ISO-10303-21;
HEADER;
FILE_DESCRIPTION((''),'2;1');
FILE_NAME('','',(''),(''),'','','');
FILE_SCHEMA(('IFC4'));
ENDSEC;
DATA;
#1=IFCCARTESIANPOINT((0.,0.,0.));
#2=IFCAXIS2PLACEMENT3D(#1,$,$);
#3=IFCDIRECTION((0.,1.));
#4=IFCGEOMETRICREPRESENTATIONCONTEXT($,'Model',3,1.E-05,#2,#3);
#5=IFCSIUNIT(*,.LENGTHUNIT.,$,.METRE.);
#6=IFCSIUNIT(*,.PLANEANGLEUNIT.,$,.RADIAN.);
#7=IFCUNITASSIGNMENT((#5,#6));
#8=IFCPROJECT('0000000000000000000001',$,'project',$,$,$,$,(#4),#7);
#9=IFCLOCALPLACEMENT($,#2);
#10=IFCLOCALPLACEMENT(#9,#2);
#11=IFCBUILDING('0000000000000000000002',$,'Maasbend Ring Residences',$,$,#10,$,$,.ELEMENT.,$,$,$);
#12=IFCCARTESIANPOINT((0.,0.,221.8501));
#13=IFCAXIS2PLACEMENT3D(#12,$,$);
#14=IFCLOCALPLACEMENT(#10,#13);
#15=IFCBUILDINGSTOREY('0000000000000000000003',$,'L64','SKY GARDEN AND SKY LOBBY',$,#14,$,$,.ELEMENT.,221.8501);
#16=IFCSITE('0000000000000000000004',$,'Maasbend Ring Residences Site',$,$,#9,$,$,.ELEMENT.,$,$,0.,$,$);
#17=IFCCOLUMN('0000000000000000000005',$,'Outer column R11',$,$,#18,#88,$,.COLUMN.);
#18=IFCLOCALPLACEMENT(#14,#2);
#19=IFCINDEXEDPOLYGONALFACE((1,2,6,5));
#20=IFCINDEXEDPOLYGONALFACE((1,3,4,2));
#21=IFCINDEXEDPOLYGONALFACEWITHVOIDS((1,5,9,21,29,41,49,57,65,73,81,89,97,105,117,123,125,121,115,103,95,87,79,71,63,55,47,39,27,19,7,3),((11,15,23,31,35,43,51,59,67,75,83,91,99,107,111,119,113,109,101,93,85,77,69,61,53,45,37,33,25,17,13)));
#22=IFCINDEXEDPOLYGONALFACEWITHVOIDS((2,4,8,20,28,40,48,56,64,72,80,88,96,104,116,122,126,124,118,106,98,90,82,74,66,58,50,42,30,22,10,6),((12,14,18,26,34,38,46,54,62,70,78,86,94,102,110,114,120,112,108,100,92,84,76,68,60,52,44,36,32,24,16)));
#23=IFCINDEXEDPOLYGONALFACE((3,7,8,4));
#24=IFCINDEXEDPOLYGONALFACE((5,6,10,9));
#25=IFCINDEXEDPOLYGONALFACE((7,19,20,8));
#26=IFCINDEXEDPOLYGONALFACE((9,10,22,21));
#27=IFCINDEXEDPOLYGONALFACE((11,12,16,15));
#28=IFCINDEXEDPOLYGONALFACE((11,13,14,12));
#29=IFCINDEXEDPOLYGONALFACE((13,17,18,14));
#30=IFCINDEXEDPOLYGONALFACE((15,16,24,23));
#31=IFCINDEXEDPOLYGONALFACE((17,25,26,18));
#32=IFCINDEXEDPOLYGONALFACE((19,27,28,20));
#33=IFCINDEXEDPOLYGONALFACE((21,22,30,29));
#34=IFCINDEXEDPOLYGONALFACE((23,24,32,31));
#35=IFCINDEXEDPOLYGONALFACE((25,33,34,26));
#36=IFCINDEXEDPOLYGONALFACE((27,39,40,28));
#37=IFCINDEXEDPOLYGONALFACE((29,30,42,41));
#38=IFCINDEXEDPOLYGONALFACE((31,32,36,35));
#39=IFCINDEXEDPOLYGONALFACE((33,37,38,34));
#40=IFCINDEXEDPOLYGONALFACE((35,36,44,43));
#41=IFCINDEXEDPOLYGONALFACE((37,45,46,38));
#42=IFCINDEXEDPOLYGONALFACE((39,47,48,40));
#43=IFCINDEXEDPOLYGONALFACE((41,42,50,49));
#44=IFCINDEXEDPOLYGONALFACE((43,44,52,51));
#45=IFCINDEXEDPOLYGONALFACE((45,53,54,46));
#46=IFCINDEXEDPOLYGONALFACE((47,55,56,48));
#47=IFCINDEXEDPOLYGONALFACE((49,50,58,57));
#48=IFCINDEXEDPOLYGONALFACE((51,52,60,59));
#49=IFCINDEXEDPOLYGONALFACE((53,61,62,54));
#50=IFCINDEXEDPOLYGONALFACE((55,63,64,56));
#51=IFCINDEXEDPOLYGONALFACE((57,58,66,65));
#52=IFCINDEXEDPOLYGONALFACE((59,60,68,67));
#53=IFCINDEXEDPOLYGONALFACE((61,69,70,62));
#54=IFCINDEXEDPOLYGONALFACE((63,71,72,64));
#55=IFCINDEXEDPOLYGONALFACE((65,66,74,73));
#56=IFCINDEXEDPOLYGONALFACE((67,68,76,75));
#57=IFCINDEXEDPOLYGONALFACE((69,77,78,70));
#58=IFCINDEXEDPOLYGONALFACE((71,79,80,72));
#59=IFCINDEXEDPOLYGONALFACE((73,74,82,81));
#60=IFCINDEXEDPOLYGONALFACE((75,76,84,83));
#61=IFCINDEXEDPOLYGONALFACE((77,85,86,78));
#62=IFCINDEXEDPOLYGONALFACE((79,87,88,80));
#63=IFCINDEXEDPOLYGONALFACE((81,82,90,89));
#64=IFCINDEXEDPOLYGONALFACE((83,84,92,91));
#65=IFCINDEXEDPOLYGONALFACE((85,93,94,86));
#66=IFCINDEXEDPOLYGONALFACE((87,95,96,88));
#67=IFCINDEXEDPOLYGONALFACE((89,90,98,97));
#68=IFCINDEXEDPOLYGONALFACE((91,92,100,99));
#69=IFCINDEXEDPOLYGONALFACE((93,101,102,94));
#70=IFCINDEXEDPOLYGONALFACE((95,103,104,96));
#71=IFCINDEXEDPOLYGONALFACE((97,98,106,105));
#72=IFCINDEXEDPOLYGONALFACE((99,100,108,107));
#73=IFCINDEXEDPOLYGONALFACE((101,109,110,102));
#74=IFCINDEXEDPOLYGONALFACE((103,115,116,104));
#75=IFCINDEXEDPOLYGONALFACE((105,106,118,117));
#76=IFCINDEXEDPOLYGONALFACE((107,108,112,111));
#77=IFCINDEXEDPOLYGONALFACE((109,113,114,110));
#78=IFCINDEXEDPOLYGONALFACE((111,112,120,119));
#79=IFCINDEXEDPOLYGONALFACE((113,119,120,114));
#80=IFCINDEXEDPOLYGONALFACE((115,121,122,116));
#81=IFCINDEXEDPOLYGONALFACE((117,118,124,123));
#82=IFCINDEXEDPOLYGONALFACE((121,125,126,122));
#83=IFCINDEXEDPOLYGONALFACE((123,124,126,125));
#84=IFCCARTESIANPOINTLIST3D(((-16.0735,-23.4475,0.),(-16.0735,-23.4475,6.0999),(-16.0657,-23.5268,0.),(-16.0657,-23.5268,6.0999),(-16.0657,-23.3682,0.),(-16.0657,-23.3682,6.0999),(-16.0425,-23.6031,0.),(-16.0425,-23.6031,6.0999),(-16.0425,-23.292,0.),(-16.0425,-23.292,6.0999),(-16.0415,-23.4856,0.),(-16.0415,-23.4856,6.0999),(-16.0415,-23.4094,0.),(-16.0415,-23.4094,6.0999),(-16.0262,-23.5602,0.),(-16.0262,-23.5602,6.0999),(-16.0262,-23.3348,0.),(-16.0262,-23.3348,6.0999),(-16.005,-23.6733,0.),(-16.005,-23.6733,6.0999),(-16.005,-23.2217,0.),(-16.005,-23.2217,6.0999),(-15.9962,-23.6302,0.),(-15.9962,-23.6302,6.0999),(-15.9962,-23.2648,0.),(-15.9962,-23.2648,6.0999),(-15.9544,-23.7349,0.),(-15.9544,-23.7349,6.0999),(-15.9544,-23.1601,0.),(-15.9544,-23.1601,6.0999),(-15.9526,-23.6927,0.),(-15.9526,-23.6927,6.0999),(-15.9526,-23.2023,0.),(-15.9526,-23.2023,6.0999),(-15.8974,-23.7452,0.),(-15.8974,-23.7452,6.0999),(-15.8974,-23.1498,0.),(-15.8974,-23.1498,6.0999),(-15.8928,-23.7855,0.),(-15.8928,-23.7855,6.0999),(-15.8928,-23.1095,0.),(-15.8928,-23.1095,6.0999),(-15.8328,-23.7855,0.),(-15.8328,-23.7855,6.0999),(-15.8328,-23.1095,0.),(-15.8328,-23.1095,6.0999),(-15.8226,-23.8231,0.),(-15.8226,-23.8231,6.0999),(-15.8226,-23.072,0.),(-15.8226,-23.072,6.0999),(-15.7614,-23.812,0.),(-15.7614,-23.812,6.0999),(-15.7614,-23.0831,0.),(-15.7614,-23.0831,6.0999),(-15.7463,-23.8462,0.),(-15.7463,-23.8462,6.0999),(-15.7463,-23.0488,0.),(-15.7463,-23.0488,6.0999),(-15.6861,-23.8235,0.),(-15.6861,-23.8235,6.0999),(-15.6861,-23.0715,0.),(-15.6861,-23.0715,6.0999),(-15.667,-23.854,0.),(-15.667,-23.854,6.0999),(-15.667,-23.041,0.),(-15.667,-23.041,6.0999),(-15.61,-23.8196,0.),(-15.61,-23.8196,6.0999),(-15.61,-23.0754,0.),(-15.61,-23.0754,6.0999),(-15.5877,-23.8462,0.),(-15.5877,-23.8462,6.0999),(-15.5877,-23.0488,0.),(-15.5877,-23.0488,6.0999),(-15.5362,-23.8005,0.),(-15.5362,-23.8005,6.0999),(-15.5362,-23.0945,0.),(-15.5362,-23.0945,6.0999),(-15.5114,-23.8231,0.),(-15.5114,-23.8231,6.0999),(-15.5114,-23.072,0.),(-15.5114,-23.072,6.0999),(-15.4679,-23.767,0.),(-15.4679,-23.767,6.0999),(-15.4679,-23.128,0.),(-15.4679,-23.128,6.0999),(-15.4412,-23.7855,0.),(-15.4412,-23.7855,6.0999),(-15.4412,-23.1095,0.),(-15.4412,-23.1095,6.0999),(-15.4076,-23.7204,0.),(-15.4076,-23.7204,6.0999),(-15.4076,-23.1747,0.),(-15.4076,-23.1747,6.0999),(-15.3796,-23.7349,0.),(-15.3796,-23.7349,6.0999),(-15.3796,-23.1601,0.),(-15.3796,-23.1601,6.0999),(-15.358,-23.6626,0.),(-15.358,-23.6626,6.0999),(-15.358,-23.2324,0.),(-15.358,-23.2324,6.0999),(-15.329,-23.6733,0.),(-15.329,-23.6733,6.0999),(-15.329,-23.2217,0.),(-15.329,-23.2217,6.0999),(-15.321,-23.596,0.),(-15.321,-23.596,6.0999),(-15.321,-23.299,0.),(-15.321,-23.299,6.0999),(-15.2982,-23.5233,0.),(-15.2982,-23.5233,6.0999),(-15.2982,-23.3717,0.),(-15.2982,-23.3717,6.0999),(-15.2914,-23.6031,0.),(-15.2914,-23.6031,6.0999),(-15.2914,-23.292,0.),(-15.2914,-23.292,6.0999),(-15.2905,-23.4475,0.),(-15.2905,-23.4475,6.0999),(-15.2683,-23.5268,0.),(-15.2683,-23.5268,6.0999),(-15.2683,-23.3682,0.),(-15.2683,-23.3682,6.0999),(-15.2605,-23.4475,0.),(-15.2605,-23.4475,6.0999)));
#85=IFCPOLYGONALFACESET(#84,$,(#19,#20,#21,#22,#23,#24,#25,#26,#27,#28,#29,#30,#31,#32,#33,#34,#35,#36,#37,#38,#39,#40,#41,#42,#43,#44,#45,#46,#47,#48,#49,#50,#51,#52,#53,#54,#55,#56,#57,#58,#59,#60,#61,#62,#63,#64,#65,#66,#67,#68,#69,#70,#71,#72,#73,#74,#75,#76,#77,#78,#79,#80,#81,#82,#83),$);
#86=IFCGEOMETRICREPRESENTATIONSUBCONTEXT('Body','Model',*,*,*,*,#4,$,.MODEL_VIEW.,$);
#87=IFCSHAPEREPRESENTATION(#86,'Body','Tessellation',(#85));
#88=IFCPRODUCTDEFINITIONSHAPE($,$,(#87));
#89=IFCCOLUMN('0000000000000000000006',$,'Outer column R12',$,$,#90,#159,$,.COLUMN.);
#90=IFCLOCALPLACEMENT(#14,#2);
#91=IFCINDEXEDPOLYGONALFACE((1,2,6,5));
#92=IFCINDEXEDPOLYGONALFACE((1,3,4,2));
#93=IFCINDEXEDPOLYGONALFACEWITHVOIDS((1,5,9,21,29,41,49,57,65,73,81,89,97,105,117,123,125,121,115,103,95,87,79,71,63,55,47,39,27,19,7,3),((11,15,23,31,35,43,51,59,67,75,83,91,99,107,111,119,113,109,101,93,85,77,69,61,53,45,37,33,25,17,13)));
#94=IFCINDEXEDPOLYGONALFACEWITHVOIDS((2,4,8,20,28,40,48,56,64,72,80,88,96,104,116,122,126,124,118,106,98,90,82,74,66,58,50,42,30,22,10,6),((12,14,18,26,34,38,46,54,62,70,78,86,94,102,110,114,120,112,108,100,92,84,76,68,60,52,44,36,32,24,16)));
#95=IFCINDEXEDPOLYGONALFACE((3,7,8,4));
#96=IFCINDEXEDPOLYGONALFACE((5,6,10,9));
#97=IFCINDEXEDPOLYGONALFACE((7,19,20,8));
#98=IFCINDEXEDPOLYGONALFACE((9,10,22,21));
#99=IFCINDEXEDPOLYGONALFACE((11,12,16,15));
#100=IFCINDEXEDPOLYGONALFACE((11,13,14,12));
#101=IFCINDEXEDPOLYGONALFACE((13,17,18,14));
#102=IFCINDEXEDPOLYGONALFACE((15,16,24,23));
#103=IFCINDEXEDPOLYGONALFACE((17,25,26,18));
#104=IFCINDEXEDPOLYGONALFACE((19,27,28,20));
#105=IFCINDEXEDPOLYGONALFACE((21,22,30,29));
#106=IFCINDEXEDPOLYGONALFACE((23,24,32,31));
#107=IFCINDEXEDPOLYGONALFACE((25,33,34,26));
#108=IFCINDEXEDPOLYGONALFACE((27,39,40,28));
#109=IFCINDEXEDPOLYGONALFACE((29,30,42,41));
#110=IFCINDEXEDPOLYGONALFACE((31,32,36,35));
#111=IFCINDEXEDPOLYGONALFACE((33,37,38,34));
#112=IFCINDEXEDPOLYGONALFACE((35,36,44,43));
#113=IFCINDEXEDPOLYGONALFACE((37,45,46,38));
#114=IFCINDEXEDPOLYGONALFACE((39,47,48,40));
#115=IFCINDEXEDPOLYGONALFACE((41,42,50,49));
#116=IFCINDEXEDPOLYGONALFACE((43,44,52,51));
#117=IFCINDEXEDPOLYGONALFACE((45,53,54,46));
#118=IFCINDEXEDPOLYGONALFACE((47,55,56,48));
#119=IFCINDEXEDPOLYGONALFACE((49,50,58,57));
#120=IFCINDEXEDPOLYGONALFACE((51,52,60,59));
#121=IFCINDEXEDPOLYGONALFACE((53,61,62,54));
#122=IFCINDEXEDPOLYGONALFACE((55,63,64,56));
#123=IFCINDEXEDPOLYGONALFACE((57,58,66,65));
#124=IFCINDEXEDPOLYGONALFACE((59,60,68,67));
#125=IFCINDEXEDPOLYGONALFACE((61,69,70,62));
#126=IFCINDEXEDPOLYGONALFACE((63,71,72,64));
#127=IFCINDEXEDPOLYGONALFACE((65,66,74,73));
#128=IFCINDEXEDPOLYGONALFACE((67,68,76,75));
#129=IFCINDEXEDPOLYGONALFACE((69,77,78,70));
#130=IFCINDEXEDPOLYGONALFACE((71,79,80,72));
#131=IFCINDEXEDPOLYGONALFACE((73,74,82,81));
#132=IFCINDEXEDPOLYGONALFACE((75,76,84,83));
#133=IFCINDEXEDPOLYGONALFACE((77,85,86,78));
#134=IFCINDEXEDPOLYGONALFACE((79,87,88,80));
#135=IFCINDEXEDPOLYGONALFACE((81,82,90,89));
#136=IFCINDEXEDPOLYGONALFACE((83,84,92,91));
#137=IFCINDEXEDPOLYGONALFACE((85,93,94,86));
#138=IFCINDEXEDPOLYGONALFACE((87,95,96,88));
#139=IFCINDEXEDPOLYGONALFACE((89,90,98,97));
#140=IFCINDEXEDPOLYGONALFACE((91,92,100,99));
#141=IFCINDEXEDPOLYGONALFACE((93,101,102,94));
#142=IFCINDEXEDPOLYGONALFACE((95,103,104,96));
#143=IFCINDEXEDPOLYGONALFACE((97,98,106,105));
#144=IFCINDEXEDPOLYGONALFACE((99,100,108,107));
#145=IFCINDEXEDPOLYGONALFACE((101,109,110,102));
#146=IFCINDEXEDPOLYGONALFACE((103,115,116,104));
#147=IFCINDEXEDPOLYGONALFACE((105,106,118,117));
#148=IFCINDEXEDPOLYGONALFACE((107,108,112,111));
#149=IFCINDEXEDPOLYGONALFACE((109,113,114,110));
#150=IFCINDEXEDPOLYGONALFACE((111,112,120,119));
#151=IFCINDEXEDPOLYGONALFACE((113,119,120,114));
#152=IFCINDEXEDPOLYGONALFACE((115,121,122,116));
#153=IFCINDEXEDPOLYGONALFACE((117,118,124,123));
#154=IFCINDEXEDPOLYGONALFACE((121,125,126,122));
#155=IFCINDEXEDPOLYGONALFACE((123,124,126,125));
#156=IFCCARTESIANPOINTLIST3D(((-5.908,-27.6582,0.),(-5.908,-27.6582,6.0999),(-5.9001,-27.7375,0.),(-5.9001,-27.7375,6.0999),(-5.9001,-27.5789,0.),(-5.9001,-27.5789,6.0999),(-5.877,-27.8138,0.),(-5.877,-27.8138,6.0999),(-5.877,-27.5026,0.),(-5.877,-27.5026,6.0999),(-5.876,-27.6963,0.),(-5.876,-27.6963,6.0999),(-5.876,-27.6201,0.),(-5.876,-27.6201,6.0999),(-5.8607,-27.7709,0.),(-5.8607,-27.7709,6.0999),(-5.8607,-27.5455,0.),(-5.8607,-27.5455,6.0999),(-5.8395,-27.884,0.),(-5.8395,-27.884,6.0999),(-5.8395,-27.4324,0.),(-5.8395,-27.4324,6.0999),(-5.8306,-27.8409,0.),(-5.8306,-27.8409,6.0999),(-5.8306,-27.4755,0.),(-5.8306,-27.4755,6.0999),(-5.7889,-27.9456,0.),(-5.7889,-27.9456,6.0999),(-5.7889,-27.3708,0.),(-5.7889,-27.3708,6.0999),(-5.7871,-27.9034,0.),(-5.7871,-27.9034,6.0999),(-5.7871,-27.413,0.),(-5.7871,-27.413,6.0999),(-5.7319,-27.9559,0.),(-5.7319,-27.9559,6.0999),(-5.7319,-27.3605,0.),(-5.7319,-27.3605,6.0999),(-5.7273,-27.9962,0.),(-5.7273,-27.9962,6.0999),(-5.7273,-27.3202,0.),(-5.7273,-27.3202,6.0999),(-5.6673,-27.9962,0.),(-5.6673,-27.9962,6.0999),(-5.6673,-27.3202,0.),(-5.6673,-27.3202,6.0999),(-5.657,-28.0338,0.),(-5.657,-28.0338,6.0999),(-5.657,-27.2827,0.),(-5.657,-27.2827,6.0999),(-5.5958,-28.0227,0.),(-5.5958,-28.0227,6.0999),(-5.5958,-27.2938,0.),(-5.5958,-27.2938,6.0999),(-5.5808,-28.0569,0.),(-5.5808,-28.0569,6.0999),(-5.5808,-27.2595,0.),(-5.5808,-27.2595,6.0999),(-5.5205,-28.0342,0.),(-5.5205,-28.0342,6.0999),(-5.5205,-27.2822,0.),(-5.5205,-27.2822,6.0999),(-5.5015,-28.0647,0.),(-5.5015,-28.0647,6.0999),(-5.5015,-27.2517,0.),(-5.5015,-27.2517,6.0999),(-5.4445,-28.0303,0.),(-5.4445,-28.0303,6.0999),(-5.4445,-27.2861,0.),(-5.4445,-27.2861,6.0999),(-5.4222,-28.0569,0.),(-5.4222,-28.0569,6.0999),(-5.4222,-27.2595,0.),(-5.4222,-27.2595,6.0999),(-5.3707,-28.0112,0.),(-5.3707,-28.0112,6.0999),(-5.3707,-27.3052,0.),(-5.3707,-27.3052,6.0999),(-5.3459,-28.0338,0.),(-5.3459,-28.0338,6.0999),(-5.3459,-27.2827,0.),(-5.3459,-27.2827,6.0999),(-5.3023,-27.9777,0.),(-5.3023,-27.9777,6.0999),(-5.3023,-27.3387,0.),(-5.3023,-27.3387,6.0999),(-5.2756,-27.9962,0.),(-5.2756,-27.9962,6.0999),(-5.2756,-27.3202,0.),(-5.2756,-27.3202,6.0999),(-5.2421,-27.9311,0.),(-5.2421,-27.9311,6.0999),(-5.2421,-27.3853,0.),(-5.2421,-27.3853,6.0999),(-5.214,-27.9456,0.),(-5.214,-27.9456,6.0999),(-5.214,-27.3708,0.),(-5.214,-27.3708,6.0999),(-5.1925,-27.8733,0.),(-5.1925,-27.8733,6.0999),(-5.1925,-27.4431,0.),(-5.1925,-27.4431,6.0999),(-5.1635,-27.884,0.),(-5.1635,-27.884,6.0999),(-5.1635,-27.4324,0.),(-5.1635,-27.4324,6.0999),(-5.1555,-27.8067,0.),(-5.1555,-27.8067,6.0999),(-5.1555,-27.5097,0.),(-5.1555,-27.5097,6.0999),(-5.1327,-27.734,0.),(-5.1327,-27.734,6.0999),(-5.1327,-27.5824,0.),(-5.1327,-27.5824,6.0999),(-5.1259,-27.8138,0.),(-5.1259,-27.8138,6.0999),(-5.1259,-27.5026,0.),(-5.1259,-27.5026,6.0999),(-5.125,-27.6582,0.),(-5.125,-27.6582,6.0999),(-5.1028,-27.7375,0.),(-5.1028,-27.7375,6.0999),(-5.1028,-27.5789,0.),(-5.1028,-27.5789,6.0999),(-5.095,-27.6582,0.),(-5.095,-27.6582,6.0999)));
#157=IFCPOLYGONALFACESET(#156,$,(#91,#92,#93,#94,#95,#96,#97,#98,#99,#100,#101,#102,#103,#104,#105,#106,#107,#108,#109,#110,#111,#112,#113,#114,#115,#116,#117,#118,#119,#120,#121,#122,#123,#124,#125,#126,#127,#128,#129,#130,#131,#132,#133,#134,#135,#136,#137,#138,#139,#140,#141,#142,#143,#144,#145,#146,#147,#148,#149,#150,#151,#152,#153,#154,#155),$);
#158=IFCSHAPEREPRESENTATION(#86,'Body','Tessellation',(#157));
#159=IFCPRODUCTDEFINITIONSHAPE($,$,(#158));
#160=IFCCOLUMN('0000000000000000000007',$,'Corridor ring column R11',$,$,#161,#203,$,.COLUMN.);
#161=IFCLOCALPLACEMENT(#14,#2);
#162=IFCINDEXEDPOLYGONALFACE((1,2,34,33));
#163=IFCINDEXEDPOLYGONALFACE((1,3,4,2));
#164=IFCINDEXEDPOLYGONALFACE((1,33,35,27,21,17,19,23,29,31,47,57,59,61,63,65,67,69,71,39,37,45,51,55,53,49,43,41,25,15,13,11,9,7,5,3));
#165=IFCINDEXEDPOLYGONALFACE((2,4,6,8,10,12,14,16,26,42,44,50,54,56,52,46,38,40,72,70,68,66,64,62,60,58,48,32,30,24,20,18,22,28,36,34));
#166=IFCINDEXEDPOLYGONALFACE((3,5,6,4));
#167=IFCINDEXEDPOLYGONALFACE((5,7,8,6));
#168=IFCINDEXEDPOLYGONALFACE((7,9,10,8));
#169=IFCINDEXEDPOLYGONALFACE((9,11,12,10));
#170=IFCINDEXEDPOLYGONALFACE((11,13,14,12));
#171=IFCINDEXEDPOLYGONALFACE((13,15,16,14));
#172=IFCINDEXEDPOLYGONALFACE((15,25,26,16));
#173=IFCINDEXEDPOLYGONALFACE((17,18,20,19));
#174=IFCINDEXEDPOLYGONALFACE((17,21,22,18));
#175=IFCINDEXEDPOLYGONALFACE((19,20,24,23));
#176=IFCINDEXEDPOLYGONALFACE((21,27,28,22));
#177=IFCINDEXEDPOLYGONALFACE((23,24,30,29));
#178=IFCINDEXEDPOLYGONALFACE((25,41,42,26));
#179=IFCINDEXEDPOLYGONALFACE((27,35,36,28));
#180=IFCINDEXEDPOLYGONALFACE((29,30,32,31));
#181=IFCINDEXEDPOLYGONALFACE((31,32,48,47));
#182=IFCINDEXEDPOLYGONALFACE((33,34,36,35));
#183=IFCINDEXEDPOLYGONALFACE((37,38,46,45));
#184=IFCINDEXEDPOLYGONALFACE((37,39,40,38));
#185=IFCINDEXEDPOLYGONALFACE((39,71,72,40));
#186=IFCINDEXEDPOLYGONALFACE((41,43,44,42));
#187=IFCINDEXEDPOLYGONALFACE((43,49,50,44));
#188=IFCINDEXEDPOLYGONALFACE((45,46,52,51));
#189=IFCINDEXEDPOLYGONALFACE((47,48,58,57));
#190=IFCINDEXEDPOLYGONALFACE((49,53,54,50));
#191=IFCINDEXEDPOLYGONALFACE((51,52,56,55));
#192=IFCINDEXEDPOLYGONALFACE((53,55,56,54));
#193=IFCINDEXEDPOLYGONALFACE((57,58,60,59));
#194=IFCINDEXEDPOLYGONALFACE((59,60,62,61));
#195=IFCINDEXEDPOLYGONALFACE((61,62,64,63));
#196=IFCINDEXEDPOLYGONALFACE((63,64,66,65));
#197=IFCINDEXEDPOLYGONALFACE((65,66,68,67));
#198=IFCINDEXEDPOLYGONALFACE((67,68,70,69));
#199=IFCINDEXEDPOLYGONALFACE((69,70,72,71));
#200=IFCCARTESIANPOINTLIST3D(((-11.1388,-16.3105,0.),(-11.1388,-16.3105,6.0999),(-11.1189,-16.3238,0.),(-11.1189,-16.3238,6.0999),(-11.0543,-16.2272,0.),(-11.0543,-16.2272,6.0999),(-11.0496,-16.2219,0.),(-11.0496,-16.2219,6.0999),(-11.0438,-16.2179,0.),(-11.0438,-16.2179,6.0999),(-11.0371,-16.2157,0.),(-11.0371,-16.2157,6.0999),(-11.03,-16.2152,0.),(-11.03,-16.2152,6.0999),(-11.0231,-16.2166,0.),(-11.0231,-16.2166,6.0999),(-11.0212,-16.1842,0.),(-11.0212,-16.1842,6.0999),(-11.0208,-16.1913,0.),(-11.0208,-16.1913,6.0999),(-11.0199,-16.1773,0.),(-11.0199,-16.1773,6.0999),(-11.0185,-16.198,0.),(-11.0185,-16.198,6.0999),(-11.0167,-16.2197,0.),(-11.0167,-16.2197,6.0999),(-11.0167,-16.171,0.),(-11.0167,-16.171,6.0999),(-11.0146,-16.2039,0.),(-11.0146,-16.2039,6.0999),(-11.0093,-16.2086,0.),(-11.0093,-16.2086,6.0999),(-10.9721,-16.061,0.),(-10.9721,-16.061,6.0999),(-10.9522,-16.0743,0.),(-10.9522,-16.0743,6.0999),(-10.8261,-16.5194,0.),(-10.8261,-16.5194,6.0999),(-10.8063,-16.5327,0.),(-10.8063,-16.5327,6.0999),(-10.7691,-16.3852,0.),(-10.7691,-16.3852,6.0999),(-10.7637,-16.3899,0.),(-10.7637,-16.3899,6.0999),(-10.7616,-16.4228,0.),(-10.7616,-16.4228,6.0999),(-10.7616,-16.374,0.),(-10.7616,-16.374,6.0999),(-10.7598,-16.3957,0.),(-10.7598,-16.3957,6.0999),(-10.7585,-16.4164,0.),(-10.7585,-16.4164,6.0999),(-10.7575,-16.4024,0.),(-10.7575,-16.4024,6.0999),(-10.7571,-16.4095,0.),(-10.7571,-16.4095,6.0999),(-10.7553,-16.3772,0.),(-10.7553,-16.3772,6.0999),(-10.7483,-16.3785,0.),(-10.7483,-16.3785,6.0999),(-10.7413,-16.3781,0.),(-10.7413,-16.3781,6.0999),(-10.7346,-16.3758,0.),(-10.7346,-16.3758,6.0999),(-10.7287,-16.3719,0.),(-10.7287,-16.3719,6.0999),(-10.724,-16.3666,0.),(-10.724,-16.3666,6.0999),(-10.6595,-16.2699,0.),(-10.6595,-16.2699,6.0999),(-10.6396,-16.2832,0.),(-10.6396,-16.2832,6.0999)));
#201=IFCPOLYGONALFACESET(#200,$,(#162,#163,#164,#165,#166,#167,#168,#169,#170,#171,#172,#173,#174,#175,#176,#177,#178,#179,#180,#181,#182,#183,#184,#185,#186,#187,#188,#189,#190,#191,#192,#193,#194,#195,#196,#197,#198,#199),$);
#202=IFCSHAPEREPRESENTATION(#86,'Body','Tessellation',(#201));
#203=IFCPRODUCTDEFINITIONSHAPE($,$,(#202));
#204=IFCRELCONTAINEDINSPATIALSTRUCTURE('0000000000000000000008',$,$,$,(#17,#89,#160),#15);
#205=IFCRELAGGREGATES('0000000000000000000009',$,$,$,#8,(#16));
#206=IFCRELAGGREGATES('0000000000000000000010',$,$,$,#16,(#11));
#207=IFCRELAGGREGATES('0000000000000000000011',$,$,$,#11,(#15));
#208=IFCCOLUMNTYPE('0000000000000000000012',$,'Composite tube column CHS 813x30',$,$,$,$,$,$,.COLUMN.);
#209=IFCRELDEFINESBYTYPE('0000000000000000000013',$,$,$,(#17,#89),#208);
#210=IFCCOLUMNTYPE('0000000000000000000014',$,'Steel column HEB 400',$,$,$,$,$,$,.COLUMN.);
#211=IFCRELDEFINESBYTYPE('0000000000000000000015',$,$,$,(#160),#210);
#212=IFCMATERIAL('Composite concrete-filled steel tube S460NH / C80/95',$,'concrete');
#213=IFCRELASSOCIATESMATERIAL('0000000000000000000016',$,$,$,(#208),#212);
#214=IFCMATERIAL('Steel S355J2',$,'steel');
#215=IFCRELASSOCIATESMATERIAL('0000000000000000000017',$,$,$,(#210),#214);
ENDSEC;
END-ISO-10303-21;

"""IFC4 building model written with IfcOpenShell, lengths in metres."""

from ifc_helpers import new_model, si_unit, direction, frame, origin, origin_2d, place, context, subcontext, project, spatial, hollow_circle, i_section, extrude, material, material_profile, profile_set, type_object, element, save


model = new_model("IFC4")

# Units and contexts
model_context = context("Model", 3, precision=1e-05, world=origin(), true_north=direction((0.0, 1.0)))
body_context = subcontext(model_context, "Body", "Model", "MODEL_VIEW")
ifc_project = project(units=[si_unit("LENGTHUNIT", "METRE"), si_unit("PLANEANGLEUNIT", "RADIAN")], contexts=[model_context])

# Site, building, storey
site_placement = place(None, origin())
site = spatial("IfcSite", under=ifc_project, at=site_placement, Name="Maasbend Ring Residences Site", CompositionType="ELEMENT", RefElevation=0.0)
building_placement = place(site_placement, origin())
building = spatial("IfcBuilding", under=site, at=building_placement, Name="Maasbend Ring Residences", CompositionType="ELEMENT")
storey_placement = place(building_placement, frame((0.0, 0.0, 221.8501)))
storey = spatial("IfcBuildingStorey", under=building, at=storey_placement, Name="L64", Description="SKY GARDEN AND SKY LOBBY", CompositionType="ELEMENT", Elevation=221.8501)

# Columns
ifc_material_1 = material(Name="Composite concrete-filled steel tube S460NH / C80/95", Category="concrete")
ifc_material_profile_1 = material_profile(ifc_material_1, hollow_circle(Radius=0.4065, WallThickness=0.03, at=origin_2d()), Name="Composite tube column CHS 813x30")
ifc_profile_set_1 = profile_set([ifc_material_profile_1], Name="Composite concrete-filled steel tube S460NH / C80/95")
column_type_1 = type_object("IfcColumnType", Name="Composite tube column CHS 813x30", PredefinedType="COLUMN", material=ifc_profile_set_1)
for number, where, z_axis, x_axis, name in (
    (1, (-15.667, -23.4475, 0.0), (0.0, 0.0, 1.0), (1.0, 0.0, 0.0), "Outer column R11"),
    (2, (-5.5015, -27.6582, 0.0), (0.0, 0.0, 1.0), (1.0, 0.0, 0.0), "Outer column R12"),
):
    element("IfcColumn", number, at=place(storey_placement, frame(where, z_axis=z_axis, x_axis=x_axis)), inside=storey, type_object=column_type_1, Name=name, PredefinedType="COLUMN", context=body_context, shape_type="SweptSolid", body=[
        extrude(hollow_circle(Radius=0.4065, WallThickness=0.03, at=origin_2d()), origin(), (0.0, 0.0, 1.0), 6.0999),
    ])
ifc_material_2 = material(Name="Steel S355J2", Category="steel")
ifc_material_profile_2 = material_profile(ifc_material_2, i_section(OverallWidth=0.3, OverallDepth=0.3999, WebThickness=0.0134, FlangeThickness=0.0239, FilletRadius=0.0271, at=origin_2d()), Name="HEB 400")
ifc_profile_set_2 = profile_set([ifc_material_profile_2], Name="Steel S355J2")
column_type_2 = type_object("IfcColumnType", Name="Steel column HEB 400", PredefinedType="COLUMN", material=ifc_profile_set_2)
for number, where, z_axis, x_axis, name in (
    (3, (-10.8892, -16.2969, 0.0), (0.0, 0.0, 1.0), (-0.55557, -0.83147, 0.0), "Corridor ring column R11"),
):
    element("IfcColumn", number, at=place(storey_placement, frame(where, z_axis=z_axis, x_axis=x_axis)), inside=storey, type_object=column_type_2, Name=name, PredefinedType="COLUMN", context=body_context, shape_type="SweptSolid", body=[
        extrude(i_section(OverallWidth=0.3, OverallDepth=0.3999, WebThickness=0.0134, FlangeThickness=0.0239, FilletRadius=0.0271, at=origin_2d()), origin(), (0.0, 0.0, 1.0), 6.0999),
    ])

save(model, "model.ifc")
